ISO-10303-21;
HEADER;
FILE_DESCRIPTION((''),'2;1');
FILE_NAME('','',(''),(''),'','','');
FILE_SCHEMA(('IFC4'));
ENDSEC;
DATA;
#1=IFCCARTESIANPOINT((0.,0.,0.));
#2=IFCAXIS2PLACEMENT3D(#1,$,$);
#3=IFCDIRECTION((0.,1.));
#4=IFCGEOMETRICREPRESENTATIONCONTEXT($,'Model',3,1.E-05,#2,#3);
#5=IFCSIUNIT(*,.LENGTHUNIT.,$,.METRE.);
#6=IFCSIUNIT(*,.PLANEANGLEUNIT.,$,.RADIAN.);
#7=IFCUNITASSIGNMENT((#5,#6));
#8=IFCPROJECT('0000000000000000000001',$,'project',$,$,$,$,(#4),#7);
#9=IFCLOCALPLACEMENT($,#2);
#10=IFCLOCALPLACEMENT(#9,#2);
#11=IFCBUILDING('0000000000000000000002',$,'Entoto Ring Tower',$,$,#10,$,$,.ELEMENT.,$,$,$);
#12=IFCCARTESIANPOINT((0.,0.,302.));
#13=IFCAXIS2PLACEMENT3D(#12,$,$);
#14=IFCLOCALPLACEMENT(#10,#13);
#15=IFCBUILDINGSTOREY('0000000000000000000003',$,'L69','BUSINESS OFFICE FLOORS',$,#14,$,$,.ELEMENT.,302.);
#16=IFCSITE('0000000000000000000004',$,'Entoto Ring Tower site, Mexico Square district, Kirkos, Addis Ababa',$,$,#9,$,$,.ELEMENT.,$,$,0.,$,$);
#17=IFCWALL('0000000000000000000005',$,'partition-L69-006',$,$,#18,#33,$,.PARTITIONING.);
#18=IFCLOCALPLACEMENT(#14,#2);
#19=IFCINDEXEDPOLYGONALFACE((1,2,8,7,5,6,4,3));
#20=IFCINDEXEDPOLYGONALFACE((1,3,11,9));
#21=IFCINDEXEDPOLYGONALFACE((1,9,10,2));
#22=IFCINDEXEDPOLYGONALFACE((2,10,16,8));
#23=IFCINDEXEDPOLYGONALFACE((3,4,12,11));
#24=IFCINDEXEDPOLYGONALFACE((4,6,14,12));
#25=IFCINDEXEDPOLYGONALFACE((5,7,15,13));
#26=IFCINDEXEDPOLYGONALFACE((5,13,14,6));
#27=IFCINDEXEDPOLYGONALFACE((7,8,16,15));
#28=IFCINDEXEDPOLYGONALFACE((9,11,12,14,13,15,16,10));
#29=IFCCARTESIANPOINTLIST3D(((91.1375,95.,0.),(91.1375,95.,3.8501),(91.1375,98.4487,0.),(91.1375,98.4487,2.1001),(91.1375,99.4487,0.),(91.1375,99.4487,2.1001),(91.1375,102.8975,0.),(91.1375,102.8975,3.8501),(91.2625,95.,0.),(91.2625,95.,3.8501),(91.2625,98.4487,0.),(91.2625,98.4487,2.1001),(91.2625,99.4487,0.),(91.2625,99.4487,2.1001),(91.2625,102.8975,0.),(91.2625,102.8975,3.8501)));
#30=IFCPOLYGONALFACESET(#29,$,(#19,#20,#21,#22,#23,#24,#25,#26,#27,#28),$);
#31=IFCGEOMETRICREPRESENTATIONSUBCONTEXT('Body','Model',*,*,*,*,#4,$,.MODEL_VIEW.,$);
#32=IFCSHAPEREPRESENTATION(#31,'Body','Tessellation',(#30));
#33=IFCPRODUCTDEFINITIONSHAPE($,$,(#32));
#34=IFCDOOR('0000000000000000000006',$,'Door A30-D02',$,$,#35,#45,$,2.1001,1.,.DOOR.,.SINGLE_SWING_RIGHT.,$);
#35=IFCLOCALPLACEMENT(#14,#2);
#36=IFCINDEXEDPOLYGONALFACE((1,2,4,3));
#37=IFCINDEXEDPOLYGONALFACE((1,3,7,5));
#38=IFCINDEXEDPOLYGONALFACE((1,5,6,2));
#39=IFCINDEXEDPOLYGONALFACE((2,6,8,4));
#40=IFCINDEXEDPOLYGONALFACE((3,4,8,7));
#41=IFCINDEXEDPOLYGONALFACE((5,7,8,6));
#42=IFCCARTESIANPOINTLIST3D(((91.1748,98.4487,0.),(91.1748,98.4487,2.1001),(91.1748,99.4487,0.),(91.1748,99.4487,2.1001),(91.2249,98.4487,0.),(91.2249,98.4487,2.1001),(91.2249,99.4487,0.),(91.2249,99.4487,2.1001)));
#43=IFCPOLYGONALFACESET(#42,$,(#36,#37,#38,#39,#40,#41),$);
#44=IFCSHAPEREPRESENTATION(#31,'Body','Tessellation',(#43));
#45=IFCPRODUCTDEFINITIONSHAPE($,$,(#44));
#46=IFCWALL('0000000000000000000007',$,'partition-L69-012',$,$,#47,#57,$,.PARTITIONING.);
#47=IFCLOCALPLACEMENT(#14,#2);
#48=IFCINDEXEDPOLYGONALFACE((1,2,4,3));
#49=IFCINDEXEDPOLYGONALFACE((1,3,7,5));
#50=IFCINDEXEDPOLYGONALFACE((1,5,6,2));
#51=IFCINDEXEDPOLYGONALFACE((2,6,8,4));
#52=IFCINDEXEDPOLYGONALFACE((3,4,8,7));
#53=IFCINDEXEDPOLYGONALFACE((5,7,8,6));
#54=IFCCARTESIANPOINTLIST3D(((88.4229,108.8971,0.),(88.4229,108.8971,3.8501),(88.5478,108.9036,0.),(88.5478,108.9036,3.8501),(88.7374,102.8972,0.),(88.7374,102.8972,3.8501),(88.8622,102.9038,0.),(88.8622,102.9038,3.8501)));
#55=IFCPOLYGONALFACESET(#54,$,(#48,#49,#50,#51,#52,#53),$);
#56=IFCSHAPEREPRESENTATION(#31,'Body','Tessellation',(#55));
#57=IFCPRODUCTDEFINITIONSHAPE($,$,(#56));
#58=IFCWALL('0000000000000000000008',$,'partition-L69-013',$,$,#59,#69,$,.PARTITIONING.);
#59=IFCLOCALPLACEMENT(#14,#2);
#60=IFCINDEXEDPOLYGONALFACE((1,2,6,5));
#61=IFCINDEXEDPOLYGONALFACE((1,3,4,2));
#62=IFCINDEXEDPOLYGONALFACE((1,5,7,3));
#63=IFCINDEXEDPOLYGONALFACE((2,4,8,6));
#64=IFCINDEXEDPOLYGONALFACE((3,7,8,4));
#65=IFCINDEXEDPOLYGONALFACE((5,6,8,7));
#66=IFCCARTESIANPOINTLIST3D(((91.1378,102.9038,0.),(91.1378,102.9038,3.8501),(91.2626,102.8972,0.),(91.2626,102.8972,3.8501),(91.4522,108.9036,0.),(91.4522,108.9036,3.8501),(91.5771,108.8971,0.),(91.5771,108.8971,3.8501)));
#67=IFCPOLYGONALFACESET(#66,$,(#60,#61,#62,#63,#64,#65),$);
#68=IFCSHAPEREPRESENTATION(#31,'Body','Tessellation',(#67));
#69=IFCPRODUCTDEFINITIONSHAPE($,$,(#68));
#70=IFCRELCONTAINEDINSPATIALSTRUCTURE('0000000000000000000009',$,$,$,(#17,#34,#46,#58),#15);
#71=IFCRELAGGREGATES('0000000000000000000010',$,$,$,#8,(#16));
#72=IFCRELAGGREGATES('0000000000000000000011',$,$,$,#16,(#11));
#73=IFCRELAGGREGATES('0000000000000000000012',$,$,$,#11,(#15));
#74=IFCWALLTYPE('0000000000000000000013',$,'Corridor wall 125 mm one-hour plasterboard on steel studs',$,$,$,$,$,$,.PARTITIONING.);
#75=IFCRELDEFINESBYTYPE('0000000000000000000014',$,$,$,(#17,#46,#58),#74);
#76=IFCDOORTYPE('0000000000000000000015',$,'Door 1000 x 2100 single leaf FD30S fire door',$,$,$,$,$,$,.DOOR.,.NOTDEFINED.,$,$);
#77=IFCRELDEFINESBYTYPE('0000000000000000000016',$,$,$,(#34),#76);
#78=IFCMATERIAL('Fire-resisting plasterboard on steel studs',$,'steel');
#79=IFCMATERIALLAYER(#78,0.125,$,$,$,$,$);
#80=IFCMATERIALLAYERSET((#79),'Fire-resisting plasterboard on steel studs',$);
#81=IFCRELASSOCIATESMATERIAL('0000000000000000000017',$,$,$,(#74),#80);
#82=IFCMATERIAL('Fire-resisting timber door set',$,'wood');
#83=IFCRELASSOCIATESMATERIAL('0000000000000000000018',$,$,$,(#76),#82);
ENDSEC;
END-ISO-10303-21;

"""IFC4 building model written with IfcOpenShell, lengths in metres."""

from ifc_helpers import new_model, si_unit, direction, frame, frame_2d, origin, place, context, subcontext, project, spatial, rectangle, extrude, material, layer, layer_set, type_object, element, fill, save


model = new_model("IFC4")

# Units and contexts
model_context = context("Model", 3, precision=1e-05, world=origin(), true_north=direction((0.0, 1.0)))
body_context = subcontext(model_context, "Body", "Model", "MODEL_VIEW")
ifc_project = project(units=[si_unit("LENGTHUNIT", "METRE"), si_unit("PLANEANGLEUNIT", "RADIAN")], contexts=[model_context])

# Site, building, storey
site_placement = place(None, origin())
site = spatial("IfcSite", under=ifc_project, at=site_placement, Name="Entoto Ring Tower site, Mexico Square district, Kirkos, Addis Ababa", CompositionType="ELEMENT", RefElevation=0.0)
building_placement = place(site_placement, origin())
building = spatial("IfcBuilding", under=site, at=building_placement, Name="Entoto Ring Tower", CompositionType="ELEMENT")
storey_placement = place(building_placement, frame((0.0, 0.0, 302.0)))
storey = spatial("IfcBuildingStorey", under=building, at=storey_placement, Name="L69", Description="BUSINESS OFFICE FLOORS", CompositionType="ELEMENT", Elevation=302.0)

# Wall, opening, door
ifc_material_1 = material(Name="Fire-resisting plasterboard on steel studs", Category="steel")
ifc_layer_1 = layer(ifc_material_1, 0.125)
ifc_layer_set_1 = layer_set([ifc_layer_1], Name="Fire-resisting plasterboard on steel studs")
wall_type_1 = type_object("IfcWallType", Name="Corridor wall 125 mm one-hour plasterboard on steel studs", PredefinedType="PARTITIONING", material=ifc_layer_set_1)
wall_1_placement = place(storey_placement, frame((91.2, 95.0, 0.0), z_axis=(0.0, 0.0, 1.0), x_axis=(0.0, 1.0, 0.0)))
wall_1 = element("IfcWall", 1, at=wall_1_placement, inside=storey, type_object=wall_type_1, Name="partition-L69-006", PredefinedType="PARTITIONING", context=body_context, shape_type="SweptSolid", body=[
    extrude(rectangle(XDim=7.8975, YDim=0.125, at=frame_2d((3.9487, 0.0))), origin(), (0.0, 0.0, 1.0), 3.8501),
])
opening_1_placement = place(wall_1_placement, frame((3.4487, 0.0, 0.0)))
opening_1 = element("IfcOpeningElement", 2, at=opening_1_placement, cuts=wall_1, PredefinedType="OPENING", context=body_context, shape_type="SweptSolid", body=[
    extrude(rectangle(XDim=1.0, YDim=2.1001, at=frame_2d((0.5, 1.05))), frame((0.0, 0.0725, 0.0), z_axis=(0.0, -1.0, 0.0), x_axis=(1.0, 0.0, 0.0)), (0.0, 0.0, 1.0), 0.145),
])
ifc_material_2 = material(Name="Fire-resisting timber door set", Category="wood")
door_type_1 = type_object("IfcDoorType", Name="Door 1000 x 2100 single leaf FD30S fire door", OperationType="NOTDEFINED", PredefinedType="DOOR", material=ifc_material_2)
door_1_placement = place(opening_1_placement, frame((1.0, 0.0, 0.0), z_axis=(0.0, 0.0, 1.0), x_axis=(-1.0, 0.0, 0.0)))
door_1 = element("IfcDoor", 3, at=door_1_placement, inside=storey, type_object=door_type_1, Name="Door A30-D02", OperationType="SINGLE_SWING_RIGHT", OverallHeight=2.1001, OverallWidth=1.0, PredefinedType="DOOR", context=body_context, shape_type="SweptSolid", body=[
    extrude(rectangle(XDim=1.0, YDim=2.1001, at=frame_2d((0.5, 1.05))), frame((0.0, 0.0249, 0.0), z_axis=(0.0, -1.0, 0.0), x_axis=(1.0, 0.0, 0.0)), (0.0, 0.0, 1.0), 0.05),
])
fill(opening_1, door_1)

# Walls
for number, where, z_axis, x_axis, name in (
    (4, (88.7998, 102.9006, 0.0), (0.0, 0.0, 1.0), (-0.052339, 0.998629, 0.0), "partition-L69-012"),
    (5, (91.2002, 102.9006, 0.0), (0.0, 0.0, 1.0), (0.052339, 0.998629, 0.0), "partition-L69-013"),
):
    element("IfcWall", number, at=place(storey_placement, frame(where, z_axis=z_axis, x_axis=x_axis)), inside=storey, type_object=wall_type_1, Name=name, PredefinedType="PARTITIONING", context=body_context, shape_type="SweptSolid", body=[
        extrude(rectangle(XDim=6.0081, YDim=0.125, at=frame_2d((3.0039, 0.0))), origin(), (0.0, 0.0, 1.0), 3.8501),
    ])

save(model, "model.ifc")
